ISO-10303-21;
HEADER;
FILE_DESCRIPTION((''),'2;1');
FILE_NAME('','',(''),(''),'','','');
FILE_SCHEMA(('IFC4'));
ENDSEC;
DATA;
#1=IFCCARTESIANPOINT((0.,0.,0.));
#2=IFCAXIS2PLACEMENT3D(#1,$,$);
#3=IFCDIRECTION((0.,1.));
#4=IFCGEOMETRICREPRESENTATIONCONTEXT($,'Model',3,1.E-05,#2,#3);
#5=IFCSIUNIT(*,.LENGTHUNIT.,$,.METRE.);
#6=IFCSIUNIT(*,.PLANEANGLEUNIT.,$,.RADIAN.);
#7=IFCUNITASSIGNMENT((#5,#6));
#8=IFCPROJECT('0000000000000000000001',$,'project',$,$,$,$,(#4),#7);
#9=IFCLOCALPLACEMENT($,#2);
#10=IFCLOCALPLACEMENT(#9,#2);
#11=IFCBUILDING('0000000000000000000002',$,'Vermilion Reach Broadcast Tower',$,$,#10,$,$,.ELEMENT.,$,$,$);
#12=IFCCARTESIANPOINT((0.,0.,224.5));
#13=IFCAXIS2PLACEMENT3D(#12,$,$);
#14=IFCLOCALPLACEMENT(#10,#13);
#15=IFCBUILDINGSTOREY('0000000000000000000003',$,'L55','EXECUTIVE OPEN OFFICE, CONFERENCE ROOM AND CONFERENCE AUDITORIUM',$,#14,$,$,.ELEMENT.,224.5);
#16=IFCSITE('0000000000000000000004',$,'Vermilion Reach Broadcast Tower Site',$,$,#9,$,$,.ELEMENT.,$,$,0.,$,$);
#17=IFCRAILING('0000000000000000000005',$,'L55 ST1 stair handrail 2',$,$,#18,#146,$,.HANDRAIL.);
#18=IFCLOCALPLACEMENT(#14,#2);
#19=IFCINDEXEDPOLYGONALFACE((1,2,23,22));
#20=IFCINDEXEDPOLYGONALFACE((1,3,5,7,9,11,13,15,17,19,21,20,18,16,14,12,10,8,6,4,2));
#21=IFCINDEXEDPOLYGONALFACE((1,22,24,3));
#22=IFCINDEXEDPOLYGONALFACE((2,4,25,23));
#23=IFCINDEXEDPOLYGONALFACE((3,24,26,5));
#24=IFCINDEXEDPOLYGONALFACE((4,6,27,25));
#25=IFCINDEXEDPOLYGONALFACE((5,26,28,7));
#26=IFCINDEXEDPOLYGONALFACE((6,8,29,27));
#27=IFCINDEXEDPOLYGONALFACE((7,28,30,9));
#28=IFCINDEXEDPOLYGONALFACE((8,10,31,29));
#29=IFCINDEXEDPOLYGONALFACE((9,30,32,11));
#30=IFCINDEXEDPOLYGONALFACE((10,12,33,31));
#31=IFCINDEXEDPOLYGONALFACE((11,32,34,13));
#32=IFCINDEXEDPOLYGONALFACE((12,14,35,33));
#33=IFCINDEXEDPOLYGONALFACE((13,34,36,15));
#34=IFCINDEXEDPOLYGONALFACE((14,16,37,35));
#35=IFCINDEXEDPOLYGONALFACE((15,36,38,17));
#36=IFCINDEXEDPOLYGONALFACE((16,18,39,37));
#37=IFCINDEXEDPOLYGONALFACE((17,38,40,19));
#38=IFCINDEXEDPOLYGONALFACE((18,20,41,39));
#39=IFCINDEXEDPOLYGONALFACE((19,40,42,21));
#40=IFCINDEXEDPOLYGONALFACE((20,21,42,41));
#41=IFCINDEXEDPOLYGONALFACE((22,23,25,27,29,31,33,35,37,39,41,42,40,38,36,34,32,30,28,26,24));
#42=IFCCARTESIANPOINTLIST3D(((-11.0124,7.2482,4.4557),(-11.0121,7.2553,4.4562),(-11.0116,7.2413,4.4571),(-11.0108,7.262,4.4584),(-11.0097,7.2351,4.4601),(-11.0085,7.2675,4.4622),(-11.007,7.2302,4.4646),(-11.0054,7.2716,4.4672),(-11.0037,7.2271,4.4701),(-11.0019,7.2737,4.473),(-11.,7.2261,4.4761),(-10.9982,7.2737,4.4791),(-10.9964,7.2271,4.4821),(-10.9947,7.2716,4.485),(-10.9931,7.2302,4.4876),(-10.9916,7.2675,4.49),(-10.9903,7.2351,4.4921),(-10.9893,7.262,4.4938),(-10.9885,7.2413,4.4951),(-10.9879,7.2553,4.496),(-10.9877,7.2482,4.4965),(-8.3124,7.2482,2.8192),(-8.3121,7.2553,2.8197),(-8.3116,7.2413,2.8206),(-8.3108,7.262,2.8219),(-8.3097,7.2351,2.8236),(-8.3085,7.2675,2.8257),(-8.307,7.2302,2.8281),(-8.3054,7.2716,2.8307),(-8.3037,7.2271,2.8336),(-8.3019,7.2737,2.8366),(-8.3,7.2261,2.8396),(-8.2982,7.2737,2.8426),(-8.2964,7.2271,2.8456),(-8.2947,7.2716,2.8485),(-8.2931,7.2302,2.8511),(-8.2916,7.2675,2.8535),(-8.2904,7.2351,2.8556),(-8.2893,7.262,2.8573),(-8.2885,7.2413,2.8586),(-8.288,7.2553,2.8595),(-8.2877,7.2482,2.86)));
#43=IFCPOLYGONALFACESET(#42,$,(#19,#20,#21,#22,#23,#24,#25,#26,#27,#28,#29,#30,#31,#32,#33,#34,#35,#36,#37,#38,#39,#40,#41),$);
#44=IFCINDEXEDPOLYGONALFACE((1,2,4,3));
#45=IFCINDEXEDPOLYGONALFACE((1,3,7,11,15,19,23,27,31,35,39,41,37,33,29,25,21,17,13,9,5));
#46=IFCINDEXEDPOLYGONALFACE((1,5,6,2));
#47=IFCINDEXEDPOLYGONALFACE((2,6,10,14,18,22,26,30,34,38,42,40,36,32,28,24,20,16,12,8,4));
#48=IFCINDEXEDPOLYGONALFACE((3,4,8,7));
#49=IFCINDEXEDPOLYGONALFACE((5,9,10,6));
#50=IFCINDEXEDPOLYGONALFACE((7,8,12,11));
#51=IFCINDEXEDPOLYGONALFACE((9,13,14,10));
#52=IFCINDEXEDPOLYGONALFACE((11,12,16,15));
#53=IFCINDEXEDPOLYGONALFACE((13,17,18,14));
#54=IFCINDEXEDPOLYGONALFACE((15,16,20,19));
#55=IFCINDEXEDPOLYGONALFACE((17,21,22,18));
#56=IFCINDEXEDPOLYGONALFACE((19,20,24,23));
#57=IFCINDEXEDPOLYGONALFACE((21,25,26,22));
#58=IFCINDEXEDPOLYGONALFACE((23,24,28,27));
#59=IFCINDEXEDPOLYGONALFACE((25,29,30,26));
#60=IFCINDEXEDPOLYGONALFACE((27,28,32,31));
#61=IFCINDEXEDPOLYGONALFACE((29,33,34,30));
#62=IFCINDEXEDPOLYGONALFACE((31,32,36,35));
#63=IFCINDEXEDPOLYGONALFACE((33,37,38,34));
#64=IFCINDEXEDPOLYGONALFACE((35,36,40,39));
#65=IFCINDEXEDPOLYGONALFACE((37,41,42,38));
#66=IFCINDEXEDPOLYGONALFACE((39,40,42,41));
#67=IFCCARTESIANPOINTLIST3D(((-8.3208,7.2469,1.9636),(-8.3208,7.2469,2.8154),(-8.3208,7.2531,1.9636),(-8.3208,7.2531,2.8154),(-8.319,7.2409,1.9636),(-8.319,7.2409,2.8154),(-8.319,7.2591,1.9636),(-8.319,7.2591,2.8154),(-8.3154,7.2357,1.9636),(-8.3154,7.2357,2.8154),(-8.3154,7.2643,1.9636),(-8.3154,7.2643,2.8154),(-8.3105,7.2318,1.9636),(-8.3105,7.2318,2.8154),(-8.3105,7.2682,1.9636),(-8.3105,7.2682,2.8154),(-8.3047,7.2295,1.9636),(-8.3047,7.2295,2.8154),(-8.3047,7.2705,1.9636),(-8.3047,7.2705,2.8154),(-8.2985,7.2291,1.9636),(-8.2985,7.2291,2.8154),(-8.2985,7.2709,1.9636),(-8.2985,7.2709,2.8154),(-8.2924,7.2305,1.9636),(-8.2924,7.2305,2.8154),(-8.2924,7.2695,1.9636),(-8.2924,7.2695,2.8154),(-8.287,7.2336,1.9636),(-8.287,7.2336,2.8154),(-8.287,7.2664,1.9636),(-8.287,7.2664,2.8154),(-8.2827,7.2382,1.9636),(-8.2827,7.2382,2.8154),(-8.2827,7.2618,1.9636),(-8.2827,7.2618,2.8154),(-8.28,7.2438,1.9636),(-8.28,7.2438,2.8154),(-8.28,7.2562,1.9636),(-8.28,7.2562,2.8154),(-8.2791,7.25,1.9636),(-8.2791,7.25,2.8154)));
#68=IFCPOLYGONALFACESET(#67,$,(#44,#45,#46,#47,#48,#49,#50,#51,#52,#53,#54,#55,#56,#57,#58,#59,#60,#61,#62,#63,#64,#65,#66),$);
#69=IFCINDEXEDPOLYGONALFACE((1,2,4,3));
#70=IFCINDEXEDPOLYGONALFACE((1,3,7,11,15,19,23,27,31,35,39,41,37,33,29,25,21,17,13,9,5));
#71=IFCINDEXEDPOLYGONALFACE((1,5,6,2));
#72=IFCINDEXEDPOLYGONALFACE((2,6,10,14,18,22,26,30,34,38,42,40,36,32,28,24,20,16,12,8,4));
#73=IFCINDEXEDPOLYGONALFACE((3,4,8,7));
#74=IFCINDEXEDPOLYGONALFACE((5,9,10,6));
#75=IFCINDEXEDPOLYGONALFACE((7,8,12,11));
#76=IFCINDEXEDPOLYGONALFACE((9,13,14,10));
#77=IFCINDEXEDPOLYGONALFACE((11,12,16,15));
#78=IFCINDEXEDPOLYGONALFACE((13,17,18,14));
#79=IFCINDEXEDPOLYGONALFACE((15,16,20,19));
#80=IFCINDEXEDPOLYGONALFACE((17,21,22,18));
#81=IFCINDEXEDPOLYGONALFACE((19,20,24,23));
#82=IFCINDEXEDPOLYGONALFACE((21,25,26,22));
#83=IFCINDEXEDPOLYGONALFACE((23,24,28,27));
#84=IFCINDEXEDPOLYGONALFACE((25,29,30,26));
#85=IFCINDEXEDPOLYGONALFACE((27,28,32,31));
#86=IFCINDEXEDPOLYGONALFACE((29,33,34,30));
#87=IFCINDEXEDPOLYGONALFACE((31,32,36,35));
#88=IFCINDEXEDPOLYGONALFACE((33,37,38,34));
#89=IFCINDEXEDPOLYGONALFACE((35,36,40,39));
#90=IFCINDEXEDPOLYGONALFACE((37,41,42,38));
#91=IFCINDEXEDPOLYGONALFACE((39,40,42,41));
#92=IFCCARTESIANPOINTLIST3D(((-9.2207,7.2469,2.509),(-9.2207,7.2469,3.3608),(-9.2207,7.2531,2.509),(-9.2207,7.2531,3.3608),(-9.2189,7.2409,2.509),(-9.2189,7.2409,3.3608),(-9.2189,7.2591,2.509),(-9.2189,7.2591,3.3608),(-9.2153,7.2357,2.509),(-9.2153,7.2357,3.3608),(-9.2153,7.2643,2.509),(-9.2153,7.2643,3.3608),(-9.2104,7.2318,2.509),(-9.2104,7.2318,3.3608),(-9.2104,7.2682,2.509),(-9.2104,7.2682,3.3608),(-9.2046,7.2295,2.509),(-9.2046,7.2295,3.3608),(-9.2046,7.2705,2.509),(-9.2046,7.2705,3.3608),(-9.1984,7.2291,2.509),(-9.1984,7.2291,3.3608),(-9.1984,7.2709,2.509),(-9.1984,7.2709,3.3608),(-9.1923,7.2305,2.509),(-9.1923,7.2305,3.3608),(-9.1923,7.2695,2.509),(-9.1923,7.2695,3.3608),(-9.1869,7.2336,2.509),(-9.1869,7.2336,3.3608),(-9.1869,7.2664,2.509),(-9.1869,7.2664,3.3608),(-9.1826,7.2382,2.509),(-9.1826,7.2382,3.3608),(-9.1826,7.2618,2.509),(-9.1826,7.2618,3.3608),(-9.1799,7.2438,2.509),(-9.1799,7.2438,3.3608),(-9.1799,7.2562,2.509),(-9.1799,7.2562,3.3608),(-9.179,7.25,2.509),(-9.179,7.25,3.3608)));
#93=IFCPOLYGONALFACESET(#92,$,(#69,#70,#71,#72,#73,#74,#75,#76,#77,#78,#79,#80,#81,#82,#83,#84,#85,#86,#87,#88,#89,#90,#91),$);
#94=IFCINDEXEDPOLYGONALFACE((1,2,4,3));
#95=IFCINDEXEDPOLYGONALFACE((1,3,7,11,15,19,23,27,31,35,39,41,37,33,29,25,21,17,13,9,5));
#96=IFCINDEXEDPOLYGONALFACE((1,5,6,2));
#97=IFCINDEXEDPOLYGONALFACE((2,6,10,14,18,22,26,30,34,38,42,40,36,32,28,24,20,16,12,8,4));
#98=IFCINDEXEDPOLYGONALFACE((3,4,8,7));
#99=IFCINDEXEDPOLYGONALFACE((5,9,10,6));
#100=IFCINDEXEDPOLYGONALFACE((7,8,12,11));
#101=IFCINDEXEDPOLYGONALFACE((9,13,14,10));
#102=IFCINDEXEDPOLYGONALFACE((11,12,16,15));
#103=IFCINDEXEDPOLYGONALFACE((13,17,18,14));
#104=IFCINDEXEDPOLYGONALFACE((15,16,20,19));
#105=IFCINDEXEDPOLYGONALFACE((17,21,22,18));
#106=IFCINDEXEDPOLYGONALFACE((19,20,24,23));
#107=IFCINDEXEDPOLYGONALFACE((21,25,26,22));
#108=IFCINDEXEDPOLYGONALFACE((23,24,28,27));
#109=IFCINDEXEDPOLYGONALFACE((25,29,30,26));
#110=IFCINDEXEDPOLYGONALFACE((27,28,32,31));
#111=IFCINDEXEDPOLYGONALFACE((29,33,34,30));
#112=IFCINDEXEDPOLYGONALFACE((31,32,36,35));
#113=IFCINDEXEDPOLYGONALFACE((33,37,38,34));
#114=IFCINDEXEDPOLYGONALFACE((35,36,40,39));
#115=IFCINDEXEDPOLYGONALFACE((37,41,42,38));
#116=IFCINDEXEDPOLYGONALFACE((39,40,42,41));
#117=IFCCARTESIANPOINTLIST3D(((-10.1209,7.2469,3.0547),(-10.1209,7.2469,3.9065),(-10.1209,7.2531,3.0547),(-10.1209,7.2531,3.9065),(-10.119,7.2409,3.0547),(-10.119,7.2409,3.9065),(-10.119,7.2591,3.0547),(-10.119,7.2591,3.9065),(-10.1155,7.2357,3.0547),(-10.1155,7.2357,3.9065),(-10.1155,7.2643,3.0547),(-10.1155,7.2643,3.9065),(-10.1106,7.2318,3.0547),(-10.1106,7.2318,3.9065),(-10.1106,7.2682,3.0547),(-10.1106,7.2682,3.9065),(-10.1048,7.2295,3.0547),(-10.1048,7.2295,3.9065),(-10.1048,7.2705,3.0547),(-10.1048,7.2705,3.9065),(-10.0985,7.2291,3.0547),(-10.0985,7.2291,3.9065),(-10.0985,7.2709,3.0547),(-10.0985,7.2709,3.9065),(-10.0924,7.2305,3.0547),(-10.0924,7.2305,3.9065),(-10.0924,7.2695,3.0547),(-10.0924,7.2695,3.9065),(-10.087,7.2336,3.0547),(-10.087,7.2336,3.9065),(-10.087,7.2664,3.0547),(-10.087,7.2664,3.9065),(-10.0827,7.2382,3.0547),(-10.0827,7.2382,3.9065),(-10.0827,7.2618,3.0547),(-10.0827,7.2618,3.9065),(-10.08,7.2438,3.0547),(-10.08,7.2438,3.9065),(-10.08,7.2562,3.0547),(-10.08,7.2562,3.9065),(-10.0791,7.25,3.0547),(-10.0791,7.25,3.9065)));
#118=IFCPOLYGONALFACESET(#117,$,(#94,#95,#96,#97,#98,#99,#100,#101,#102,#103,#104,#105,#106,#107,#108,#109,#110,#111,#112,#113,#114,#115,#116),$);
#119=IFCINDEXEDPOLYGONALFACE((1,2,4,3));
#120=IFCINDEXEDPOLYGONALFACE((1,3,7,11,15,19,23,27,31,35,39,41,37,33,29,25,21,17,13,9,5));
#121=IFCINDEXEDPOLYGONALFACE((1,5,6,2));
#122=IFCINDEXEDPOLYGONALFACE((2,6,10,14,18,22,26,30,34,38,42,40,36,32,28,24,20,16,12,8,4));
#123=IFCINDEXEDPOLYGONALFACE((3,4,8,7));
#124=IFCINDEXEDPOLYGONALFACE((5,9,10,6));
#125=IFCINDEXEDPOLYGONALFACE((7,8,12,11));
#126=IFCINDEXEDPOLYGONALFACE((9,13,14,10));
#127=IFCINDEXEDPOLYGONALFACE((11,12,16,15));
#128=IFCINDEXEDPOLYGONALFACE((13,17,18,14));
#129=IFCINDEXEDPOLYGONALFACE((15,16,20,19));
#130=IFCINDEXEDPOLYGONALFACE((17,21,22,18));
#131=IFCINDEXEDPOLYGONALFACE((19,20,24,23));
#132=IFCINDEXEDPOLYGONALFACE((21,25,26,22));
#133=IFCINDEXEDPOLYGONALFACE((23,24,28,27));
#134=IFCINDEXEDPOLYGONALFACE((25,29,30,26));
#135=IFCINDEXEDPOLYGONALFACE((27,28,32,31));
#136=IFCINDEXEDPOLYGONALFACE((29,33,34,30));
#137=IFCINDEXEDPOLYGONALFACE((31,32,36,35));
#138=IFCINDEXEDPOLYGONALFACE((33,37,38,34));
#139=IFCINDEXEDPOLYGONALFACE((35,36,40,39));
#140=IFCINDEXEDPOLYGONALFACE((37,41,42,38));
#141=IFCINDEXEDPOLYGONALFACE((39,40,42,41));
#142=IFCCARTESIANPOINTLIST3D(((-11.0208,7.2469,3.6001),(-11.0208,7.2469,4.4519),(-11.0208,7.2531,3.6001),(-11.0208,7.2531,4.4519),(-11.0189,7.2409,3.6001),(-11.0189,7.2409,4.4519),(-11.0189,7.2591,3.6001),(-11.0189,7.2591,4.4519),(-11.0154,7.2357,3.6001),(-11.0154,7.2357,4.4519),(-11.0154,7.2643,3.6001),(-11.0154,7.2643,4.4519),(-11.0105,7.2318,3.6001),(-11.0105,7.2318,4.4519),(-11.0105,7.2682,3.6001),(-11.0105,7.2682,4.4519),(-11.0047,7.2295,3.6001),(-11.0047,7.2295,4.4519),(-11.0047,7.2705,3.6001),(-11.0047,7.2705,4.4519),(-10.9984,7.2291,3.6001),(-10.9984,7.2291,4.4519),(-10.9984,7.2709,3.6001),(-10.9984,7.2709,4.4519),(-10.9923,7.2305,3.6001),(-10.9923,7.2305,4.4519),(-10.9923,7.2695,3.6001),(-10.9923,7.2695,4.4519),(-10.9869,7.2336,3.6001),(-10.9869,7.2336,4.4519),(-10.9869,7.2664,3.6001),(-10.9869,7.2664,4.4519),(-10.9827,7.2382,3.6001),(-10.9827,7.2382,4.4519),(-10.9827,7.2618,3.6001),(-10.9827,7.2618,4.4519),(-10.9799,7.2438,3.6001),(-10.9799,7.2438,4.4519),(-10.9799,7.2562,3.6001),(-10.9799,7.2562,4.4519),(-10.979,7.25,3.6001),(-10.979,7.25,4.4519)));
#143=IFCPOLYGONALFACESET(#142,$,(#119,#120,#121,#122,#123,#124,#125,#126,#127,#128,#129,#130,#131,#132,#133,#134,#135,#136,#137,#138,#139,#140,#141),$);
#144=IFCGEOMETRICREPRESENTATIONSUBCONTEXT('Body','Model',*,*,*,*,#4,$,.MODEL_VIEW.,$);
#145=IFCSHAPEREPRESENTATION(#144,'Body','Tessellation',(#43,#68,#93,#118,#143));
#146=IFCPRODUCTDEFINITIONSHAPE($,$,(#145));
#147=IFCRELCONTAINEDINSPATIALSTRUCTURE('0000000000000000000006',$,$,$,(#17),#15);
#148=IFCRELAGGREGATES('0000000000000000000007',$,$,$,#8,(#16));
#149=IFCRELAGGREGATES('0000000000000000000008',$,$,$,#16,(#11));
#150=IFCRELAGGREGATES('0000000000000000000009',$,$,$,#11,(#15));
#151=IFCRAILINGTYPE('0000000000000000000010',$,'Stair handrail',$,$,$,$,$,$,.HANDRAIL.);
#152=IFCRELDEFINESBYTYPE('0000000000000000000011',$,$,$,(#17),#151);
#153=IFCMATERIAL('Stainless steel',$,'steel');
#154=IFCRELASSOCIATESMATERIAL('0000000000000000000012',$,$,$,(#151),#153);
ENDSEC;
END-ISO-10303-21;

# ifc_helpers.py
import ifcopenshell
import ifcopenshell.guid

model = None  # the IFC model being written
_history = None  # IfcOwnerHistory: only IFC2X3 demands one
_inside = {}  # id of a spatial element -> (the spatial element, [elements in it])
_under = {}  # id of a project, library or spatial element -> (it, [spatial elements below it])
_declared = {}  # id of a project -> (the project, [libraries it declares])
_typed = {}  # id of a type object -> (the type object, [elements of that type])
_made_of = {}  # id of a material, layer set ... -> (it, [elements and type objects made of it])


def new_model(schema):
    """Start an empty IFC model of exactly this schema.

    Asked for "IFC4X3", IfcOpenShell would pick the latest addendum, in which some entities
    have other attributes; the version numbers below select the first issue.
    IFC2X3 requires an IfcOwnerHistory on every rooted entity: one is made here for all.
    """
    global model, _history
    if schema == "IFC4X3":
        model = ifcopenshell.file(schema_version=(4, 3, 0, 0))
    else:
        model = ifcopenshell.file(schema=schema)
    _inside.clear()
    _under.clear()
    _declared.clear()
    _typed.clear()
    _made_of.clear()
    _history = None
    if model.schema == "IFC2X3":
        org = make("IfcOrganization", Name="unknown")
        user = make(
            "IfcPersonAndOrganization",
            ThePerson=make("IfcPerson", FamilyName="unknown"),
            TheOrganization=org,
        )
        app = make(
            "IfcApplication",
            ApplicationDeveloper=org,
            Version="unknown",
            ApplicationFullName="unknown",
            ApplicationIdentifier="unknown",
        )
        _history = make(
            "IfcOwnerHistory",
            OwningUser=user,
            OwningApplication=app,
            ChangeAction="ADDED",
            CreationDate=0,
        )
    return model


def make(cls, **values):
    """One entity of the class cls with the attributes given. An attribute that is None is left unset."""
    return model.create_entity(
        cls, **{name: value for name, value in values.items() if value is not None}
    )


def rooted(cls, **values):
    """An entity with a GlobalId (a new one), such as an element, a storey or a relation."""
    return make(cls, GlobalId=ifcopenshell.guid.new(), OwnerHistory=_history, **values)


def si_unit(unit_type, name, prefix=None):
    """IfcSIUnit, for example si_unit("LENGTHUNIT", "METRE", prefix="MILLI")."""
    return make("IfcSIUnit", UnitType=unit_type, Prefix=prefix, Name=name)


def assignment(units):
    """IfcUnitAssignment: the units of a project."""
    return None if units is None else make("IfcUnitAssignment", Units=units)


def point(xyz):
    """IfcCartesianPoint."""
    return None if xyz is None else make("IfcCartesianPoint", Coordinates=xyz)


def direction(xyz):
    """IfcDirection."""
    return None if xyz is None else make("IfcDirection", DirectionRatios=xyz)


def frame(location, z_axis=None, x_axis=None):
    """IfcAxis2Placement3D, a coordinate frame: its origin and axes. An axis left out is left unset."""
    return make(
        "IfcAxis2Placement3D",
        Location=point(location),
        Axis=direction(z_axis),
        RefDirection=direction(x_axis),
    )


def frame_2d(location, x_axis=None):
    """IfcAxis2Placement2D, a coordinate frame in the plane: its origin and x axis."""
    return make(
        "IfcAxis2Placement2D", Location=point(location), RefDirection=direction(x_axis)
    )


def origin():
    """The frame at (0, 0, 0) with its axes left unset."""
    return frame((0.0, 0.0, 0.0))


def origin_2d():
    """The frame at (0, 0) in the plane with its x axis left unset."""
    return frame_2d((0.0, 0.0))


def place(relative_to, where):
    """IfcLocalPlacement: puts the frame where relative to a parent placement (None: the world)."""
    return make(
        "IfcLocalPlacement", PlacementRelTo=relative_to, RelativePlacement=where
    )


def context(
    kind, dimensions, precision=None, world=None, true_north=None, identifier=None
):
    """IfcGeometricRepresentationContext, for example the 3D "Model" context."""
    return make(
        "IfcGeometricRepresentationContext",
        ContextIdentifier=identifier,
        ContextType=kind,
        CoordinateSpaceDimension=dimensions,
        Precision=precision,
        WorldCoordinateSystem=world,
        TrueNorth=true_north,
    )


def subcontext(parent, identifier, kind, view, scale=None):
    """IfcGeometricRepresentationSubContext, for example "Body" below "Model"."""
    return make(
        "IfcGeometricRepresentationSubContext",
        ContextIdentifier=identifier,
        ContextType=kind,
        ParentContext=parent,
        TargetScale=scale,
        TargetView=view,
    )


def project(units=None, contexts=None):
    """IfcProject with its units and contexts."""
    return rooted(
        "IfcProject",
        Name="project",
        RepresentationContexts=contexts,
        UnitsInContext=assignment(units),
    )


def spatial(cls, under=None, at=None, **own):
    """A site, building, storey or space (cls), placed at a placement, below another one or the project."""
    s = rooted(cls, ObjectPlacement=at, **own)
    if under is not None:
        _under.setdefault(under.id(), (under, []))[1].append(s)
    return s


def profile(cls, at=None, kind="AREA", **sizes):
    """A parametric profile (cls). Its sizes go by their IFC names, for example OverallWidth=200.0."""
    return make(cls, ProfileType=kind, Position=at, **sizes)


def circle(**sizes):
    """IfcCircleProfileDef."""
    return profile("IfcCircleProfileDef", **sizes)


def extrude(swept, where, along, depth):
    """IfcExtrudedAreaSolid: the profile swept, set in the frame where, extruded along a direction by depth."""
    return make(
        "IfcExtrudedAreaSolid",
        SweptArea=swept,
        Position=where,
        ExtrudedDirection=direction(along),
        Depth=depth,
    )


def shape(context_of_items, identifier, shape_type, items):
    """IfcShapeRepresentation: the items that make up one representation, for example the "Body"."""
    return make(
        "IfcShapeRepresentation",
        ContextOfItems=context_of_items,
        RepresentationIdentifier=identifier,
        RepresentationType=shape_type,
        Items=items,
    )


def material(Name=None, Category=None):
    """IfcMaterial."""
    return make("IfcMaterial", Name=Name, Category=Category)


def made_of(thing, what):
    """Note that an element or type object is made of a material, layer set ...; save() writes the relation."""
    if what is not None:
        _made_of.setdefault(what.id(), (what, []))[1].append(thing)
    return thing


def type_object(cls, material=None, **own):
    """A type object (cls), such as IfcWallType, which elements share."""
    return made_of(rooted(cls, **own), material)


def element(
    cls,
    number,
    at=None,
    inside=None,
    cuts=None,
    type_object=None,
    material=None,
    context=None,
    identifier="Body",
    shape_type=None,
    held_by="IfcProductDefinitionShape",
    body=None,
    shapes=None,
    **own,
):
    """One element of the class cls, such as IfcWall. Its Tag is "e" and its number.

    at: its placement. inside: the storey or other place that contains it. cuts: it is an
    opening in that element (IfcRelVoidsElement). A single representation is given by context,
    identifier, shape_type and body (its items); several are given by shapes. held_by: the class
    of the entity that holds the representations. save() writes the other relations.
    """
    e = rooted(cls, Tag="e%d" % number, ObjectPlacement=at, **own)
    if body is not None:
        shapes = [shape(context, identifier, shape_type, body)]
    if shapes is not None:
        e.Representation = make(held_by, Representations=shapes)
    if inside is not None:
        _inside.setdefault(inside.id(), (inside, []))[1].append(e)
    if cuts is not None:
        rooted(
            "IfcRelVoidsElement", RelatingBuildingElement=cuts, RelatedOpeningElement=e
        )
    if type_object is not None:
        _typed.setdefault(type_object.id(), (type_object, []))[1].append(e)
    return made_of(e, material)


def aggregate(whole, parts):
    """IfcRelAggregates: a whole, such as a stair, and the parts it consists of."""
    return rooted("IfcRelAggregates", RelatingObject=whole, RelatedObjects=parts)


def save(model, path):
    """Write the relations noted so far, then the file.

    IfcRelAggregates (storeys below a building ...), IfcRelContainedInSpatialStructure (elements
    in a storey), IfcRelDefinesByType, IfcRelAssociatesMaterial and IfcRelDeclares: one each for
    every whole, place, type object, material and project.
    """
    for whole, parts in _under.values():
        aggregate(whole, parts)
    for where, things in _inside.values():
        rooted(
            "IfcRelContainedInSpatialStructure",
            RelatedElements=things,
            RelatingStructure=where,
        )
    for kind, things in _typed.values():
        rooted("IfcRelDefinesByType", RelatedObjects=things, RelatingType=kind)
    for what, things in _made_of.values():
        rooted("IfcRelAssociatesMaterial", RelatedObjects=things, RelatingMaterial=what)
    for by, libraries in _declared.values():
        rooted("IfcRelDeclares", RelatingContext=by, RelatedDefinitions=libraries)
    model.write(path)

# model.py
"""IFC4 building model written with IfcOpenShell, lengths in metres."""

from ifc_helpers import new_model, si_unit, direction, frame, origin, origin_2d, place, context, subcontext, project, spatial, circle, extrude, material, type_object, element, save


model = new_model("IFC4")

# Units and contexts
model_context = context("Model", 3, precision=1e-05, world=origin(), true_north=direction((0.0, 1.0)))
body_context = subcontext(model_context, "Body", "Model", "MODEL_VIEW")
ifc_project = project(units=[si_unit("LENGTHUNIT", "METRE"), si_unit("PLANEANGLEUNIT", "RADIAN")], contexts=[model_context])

# Site, building, storey
site_placement = place(None, origin())
site = spatial("IfcSite", under=ifc_project, at=site_placement, Name="Vermilion Reach Broadcast Tower Site", CompositionType="ELEMENT", RefElevation=0.0)
building_placement = place(site_placement, origin())
building = spatial("IfcBuilding", under=site, at=building_placement, Name="Vermilion Reach Broadcast Tower", CompositionType="ELEMENT")
storey_placement = place(building_placement, frame((0.0, 0.0, 224.5)))
storey = spatial("IfcBuildingStorey", under=building, at=storey_placement, Name="L55", Description="EXECUTIVE OPEN OFFICE, CONFERENCE ROOM AND CONFERENCE AUDITORIUM", CompositionType="ELEMENT", Elevation=224.5)

# Railing
ifc_material_1 = material(Name="Stainless steel", Category="steel")
railing_type_1 = type_object("IfcRailingType", Name="Stair handrail", PredefinedType="HANDRAIL", material=ifc_material_1)
railing_1_placement = place(storey_placement, frame((-8.3, 7.25, 1.9636)))
element("IfcRailing", 1, at=railing_1_placement, inside=storey, type_object=railing_type_1, Name="L55 ST1 stair handrail 2", PredefinedType="HANDRAIL", context=body_context, shape_type="SweptSolid", body=[
    extrude(circle(Radius=0.0239, at=origin_2d()), frame((0.0, 0.0, 0.876), z_axis=(-0.855178, 0.0, 0.518334), x_axis=(0.0, -1.0, 0.0)), (0.0, 0.0, 1.0), 3.1572),
    extrude(circle(Radius=0.021, at=origin_2d()), origin(), (0.0, 0.0, 1.0), 0.8518),
    extrude(circle(Radius=0.021, at=origin_2d()), frame((-0.8999, 0.0, 0.5454)), (0.0, 0.0, 1.0), 0.8518),
    extrude(circle(Radius=0.021, at=origin_2d()), frame((-1.8, 0.0, 1.0911)), (0.0, 0.0, 1.0), 0.8518),
    extrude(circle(Radius=0.021, at=origin_2d()), frame((-2.7, 0.0, 1.6365)), (0.0, 0.0, 1.0), 0.8518),
])

save(model, "model.ifc")
